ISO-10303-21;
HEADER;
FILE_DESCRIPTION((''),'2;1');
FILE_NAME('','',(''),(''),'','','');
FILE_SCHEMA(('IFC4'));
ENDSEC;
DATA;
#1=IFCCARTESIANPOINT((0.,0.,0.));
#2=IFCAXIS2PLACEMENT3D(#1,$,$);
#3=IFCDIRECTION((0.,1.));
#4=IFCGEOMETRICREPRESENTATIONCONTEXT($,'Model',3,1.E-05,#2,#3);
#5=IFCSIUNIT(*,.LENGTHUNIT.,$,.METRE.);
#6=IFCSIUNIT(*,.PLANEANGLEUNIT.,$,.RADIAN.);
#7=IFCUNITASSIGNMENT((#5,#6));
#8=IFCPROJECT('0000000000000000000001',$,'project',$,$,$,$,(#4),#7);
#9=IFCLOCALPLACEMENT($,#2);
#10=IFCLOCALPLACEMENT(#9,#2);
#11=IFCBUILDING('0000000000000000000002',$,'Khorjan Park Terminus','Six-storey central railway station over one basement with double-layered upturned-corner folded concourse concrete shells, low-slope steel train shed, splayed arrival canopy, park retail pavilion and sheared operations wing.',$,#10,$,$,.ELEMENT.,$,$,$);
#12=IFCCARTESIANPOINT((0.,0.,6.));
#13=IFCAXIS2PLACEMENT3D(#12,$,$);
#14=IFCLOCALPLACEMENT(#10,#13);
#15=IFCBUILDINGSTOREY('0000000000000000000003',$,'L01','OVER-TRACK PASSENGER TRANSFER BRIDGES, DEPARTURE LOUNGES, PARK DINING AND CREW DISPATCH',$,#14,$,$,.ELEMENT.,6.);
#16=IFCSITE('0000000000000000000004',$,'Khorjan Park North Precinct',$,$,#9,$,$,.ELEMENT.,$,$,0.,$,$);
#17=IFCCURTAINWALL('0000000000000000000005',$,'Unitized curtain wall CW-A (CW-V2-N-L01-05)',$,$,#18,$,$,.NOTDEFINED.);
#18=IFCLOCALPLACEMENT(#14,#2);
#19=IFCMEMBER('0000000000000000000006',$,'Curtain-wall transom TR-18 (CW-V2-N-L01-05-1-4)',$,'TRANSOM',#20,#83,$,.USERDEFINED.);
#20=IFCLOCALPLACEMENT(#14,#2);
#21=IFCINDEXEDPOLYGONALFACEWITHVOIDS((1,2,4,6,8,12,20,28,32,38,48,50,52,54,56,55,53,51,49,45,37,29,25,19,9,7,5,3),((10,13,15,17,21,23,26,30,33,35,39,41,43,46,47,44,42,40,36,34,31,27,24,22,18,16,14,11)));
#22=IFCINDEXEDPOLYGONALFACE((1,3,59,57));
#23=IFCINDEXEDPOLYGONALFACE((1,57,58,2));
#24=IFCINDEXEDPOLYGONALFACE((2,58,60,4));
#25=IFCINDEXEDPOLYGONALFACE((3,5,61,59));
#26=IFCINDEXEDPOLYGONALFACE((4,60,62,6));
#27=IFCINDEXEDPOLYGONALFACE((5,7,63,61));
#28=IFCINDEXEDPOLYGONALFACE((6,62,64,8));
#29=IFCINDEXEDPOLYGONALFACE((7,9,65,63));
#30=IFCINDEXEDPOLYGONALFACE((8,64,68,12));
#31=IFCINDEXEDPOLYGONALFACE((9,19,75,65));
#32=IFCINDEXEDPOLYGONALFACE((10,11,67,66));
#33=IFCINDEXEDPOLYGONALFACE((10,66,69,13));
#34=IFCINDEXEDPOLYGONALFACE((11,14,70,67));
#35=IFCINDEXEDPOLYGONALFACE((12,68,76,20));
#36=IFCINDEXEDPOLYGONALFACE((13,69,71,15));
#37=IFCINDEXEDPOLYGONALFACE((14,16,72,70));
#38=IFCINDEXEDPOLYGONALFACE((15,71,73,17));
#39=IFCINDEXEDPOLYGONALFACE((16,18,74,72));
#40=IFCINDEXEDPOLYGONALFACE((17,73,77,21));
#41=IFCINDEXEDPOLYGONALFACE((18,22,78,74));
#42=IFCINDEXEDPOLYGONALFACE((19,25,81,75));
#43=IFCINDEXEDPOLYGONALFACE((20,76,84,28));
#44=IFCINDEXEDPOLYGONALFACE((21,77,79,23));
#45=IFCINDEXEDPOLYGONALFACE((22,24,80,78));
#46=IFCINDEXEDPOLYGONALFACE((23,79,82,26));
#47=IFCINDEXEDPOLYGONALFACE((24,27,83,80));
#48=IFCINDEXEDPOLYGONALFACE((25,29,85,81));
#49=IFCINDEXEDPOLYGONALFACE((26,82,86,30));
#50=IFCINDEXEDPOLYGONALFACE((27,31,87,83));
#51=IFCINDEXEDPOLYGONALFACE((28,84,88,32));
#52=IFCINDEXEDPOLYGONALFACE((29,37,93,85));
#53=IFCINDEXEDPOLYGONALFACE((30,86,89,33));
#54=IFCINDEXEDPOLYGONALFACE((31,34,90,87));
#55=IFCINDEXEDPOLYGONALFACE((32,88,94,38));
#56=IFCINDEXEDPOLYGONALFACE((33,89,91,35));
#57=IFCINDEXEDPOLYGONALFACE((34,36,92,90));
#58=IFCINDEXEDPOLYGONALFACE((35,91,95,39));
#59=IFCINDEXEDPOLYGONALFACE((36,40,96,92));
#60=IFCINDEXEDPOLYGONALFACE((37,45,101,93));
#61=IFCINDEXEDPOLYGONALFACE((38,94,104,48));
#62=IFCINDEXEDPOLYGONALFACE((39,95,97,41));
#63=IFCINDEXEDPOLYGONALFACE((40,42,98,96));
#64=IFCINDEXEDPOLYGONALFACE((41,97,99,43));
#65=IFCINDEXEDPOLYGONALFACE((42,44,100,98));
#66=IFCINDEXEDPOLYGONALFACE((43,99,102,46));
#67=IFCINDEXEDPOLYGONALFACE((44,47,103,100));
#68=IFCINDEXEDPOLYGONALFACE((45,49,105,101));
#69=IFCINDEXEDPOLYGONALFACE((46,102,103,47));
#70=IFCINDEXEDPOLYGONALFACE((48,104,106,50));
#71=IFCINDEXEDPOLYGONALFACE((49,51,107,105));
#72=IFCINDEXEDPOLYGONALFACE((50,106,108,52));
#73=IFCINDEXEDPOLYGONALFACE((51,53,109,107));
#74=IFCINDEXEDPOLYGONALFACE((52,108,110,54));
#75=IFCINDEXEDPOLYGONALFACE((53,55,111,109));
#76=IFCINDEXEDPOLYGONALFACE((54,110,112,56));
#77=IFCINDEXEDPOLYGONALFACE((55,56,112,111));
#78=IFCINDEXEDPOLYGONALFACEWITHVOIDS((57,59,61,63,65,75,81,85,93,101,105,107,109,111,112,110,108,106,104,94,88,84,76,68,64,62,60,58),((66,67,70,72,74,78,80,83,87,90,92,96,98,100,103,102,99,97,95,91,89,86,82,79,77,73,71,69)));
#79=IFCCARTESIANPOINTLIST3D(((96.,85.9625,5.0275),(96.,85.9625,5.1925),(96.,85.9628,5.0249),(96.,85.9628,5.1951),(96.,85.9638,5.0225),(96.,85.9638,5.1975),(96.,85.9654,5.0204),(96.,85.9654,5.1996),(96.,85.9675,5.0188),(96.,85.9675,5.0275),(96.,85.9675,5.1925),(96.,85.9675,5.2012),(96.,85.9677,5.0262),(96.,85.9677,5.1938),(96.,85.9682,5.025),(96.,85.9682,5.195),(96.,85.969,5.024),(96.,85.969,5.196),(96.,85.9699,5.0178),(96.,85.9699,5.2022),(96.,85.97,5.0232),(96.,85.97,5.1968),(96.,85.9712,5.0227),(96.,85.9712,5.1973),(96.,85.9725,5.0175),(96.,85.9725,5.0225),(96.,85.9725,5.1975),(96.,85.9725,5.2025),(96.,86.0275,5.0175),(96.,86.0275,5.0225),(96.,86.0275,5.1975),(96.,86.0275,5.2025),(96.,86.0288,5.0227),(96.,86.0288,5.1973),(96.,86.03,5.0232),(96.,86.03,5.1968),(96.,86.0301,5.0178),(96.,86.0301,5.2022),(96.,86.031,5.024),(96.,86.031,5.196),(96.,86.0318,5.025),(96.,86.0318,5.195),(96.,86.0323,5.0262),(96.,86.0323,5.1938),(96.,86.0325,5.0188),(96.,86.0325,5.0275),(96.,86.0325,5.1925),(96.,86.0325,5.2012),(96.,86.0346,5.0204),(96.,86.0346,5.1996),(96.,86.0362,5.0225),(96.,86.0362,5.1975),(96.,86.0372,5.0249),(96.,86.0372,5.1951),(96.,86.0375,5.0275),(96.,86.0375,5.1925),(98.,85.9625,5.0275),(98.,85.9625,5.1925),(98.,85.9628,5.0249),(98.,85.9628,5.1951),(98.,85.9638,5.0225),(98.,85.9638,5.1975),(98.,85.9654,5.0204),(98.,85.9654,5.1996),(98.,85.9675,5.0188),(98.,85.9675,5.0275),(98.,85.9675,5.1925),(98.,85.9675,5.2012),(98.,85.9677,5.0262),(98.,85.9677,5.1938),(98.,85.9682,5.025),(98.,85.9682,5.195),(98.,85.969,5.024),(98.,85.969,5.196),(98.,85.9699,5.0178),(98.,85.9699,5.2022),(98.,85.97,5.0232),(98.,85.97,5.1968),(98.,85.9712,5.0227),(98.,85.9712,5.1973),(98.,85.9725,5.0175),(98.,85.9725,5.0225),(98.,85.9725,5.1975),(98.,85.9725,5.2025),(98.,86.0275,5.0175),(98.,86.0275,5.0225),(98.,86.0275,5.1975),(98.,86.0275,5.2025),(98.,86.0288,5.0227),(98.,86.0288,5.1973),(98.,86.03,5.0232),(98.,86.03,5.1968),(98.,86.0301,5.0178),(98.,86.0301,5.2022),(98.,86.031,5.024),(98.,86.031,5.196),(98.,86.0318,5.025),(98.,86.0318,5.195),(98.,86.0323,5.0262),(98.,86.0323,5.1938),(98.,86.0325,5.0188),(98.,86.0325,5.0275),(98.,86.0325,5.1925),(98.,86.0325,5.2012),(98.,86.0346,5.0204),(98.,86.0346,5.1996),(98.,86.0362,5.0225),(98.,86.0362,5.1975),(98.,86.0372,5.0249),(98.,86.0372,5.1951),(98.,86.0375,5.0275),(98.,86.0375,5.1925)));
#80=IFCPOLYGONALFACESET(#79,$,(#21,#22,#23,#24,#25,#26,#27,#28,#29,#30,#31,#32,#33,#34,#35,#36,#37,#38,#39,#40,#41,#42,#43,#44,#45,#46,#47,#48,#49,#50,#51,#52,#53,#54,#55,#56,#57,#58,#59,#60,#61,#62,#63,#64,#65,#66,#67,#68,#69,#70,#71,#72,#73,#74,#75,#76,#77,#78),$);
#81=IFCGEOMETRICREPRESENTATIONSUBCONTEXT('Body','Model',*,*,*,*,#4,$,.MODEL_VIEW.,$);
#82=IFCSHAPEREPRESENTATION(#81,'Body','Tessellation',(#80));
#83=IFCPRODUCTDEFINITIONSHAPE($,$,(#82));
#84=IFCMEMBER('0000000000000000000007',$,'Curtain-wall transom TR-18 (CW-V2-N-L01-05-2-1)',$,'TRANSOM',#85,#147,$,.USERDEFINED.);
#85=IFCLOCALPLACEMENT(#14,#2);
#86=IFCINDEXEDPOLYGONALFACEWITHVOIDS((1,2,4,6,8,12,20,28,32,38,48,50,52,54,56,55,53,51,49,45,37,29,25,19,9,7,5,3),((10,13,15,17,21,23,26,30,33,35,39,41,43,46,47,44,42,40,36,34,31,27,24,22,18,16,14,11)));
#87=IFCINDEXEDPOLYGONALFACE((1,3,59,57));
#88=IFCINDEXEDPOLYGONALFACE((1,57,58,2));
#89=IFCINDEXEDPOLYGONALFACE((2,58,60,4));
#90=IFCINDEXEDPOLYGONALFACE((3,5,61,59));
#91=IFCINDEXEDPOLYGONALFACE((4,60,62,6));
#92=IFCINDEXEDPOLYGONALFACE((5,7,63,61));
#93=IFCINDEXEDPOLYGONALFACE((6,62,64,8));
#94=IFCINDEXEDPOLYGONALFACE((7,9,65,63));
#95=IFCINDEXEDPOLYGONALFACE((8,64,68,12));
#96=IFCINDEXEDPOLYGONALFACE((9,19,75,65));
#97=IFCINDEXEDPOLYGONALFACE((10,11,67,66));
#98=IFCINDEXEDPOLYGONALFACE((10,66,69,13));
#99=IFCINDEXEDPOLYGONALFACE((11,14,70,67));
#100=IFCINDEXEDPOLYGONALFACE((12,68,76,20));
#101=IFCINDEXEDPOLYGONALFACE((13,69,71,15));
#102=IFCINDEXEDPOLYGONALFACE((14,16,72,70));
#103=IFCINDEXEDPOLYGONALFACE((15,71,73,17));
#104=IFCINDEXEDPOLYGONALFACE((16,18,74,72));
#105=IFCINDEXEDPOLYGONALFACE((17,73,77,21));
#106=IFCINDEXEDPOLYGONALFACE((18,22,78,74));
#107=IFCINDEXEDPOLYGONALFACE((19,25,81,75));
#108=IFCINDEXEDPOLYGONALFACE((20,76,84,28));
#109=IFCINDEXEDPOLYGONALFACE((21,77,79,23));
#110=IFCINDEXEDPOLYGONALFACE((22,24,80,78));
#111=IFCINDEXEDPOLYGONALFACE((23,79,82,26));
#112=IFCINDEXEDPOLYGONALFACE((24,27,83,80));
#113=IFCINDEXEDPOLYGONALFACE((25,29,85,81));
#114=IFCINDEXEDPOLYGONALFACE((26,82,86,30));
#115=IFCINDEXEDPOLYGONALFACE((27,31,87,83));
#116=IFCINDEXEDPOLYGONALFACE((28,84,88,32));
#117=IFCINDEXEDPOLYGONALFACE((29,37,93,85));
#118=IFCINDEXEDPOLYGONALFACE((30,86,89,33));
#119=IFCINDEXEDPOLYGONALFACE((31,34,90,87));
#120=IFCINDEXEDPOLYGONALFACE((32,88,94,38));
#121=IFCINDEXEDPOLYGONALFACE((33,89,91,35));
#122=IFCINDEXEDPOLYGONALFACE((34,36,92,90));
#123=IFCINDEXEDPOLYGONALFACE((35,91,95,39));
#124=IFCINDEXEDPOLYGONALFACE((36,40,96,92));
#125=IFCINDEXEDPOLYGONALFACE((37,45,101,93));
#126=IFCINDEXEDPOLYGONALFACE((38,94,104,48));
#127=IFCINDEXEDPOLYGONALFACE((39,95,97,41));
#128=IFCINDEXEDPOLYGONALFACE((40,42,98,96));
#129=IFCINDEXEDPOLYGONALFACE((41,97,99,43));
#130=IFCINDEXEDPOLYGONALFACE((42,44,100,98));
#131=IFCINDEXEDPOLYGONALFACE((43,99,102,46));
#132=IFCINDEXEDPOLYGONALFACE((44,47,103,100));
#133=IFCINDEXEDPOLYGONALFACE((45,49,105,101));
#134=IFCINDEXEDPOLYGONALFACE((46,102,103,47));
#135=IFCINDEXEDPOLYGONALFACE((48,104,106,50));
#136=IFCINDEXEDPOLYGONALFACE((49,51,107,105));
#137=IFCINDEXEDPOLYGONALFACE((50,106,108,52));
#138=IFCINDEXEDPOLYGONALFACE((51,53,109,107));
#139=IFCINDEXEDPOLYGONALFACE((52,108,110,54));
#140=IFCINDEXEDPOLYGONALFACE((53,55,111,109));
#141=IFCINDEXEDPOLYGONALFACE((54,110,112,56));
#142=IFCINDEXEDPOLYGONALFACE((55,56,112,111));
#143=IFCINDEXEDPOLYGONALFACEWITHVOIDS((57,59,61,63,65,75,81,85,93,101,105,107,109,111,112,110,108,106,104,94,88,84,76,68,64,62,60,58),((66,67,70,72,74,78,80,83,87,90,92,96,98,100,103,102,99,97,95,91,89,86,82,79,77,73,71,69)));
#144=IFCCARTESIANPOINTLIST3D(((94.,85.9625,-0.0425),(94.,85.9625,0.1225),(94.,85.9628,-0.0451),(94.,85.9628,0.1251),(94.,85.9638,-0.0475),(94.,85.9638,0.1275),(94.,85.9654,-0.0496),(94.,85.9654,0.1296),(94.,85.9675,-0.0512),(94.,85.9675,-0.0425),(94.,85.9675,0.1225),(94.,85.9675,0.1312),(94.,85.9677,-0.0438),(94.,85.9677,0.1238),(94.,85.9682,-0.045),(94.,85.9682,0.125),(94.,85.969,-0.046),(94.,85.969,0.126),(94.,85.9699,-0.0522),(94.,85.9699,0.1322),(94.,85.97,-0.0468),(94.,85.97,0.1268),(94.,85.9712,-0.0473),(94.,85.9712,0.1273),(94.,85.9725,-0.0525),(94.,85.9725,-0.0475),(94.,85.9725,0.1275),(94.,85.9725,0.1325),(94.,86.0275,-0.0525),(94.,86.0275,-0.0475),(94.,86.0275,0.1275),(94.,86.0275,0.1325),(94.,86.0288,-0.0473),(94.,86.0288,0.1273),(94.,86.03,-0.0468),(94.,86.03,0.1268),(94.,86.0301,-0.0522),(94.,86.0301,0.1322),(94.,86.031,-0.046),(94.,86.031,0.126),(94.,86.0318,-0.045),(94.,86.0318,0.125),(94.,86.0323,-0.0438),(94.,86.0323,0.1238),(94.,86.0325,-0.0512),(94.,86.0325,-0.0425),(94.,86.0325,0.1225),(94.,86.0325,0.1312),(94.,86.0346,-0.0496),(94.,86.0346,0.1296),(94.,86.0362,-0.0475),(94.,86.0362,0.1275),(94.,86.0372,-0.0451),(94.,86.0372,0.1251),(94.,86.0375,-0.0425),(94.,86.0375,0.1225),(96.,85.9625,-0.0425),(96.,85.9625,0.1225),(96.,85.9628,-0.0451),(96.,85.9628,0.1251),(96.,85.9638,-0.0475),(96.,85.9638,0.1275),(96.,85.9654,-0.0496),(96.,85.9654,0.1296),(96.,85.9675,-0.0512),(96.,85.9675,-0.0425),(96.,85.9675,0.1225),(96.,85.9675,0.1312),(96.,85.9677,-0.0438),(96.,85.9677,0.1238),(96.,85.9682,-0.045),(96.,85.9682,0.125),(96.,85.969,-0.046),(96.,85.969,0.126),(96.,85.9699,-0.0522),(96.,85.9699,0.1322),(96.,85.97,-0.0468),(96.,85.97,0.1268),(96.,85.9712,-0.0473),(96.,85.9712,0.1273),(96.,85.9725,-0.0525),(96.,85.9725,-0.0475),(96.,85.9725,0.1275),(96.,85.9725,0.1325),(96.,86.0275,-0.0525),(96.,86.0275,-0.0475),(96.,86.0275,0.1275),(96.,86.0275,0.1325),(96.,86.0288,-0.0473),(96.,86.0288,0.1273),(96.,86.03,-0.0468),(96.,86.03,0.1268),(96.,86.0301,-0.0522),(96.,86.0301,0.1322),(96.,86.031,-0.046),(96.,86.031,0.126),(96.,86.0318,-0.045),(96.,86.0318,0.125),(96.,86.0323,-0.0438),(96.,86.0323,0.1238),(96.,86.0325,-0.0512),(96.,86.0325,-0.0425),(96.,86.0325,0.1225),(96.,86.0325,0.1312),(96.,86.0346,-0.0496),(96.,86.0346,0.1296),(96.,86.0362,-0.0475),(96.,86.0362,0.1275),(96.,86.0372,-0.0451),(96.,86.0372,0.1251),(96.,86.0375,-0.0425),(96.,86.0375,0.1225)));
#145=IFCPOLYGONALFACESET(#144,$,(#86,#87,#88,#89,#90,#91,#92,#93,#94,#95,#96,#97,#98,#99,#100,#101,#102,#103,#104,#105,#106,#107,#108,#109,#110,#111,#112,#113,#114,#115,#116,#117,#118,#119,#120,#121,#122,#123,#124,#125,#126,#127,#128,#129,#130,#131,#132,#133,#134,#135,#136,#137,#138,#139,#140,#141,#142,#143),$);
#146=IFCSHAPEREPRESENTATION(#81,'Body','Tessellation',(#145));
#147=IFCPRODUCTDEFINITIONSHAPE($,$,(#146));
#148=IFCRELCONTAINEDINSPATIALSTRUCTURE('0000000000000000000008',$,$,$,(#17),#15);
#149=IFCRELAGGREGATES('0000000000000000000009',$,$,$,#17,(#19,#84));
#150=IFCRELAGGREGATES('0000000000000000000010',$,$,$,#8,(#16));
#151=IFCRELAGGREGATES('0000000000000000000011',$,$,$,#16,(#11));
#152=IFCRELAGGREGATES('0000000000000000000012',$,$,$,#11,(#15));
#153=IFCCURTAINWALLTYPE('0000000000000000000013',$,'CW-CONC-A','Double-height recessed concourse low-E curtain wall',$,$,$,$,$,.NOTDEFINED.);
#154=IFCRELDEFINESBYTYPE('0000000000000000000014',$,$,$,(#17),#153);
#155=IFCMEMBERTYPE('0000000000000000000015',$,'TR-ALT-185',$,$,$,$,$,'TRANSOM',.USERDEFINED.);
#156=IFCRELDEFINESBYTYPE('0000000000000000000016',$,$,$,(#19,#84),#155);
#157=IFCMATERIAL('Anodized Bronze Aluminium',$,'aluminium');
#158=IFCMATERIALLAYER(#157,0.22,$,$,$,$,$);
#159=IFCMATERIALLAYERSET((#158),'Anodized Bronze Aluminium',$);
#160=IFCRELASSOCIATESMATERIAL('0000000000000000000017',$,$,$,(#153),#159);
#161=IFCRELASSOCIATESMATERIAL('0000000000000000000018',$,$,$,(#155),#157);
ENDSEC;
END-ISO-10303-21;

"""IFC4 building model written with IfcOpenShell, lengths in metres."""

from ifc_helpers import new_model, si_unit, direction, frame, origin, origin_2d, place, context, subcontext, project, spatial, hollow_rectangle, extrude, material, layer, layer_set, material_profile, profile_set, type_object, element, aggregate, save


model = new_model("IFC4")

# Units and contexts
model_context = context("Model", 3, precision=1e-05, world=origin(), true_north=direction((0.0, 1.0)))
body_context = subcontext(model_context, "Body", "Model", "MODEL_VIEW")
ifc_project = project(units=[si_unit("LENGTHUNIT", "METRE"), si_unit("PLANEANGLEUNIT", "RADIAN")], contexts=[model_context])

# Site, building, storey
site_placement = place(None, origin())
site = spatial("IfcSite", under=ifc_project, at=site_placement, Name="Khorjan Park North Precinct", CompositionType="ELEMENT", RefElevation=0.0)
building_placement = place(site_placement, origin())
building = spatial("IfcBuilding", under=site, at=building_placement, Name="Khorjan Park Terminus", Description="Six-storey central railway station over one basement with double-layered upturned-corner folded concourse concrete shells, low-slope steel train shed, splayed arrival canopy, park retail pavilion and sheared operations wing.", CompositionType="ELEMENT")
storey_placement = place(building_placement, frame((0.0, 0.0, 6.0)))
storey = spatial("IfcBuildingStorey", under=building, at=storey_placement, Name="L01", Description="OVER-TRACK PASSENGER TRANSFER BRIDGES, DEPARTURE LOUNGES, PARK DINING AND CREW DISPATCH", CompositionType="ELEMENT", Elevation=6.0)

# Curtain wall
ifc_material_1 = material(Name="Anodized Bronze Aluminium", Category="aluminium")
ifc_layer_1 = layer(ifc_material_1, 0.22)
ifc_layer_set_1 = layer_set([ifc_layer_1], Name="Anodized Bronze Aluminium")
curtain_wall_type = type_object("IfcCurtainWallType", Name="CW-CONC-A", Description="Double-height recessed concourse low-E curtain wall", PredefinedType="NOTDEFINED", material=ifc_layer_set_1)
curtain_wall_1_placement = place(storey_placement, origin())
curtain_wall_1 = element("IfcCurtainWall", 1, at=curtain_wall_1_placement, inside=storey, type_object=curtain_wall_type, Name="Unitized curtain wall CW-A (CW-V2-N-L01-05)", PredefinedType="NOTDEFINED")
ifc_material_profile_1 = material_profile(ifc_material_1, hollow_rectangle(XDim=0.075, YDim=0.185, WallThickness=0.005, InnerFilletRadius=0.005, OuterFilletRadius=0.01, at=origin_2d()), Name="ALT 75x185x5")
ifc_profile_set_1 = profile_set([ifc_material_profile_1], Name="Anodized Bronze Aluminium")
member_type_1 = type_object("IfcMemberType", Name="TR-ALT-185", ElementType="TRANSOM", PredefinedType="USERDEFINED", material=ifc_profile_set_1)

# Members
member_1_placement = place(storey_placement, frame((98.0, 86.0, 5.11), z_axis=(-1.0, 0.0, 0.0), x_axis=(0.0, -1.0, 0.0)))
member_1 = element("IfcMember", 2, at=member_1_placement, type_object=member_type_1, Name="Curtain-wall transom TR-18 (CW-V2-N-L01-05-1-4)", ObjectType="TRANSOM", PredefinedType="USERDEFINED", context=body_context, shape_type="SweptSolid", body=[
    extrude(hollow_rectangle(XDim=0.075, YDim=0.185, WallThickness=0.005, InnerFilletRadius=0.005, OuterFilletRadius=0.01, at=origin_2d()), origin(), (0.0, 0.0, 1.0), 2.0),
])
member_2_placement = place(storey_placement, frame((96.0, 86.0, 0.04), z_axis=(-1.0, 0.0, 0.0), x_axis=(0.0, -1.0, 0.0)))
member_2 = element("IfcMember", 3, at=member_2_placement, type_object=member_type_1, Name="Curtain-wall transom TR-18 (CW-V2-N-L01-05-2-1)", ObjectType="TRANSOM", PredefinedType="USERDEFINED", context=body_context, shape_type="SweptSolid", body=[
    extrude(hollow_rectangle(XDim=0.075, YDim=0.185, WallThickness=0.005, InnerFilletRadius=0.005, OuterFilletRadius=0.01, at=origin_2d()), origin(), (0.0, 0.0, 1.0), 2.0),
])

aggregate(curtain_wall_1, [member_1, member_2])

save(model, "model.ifc")
